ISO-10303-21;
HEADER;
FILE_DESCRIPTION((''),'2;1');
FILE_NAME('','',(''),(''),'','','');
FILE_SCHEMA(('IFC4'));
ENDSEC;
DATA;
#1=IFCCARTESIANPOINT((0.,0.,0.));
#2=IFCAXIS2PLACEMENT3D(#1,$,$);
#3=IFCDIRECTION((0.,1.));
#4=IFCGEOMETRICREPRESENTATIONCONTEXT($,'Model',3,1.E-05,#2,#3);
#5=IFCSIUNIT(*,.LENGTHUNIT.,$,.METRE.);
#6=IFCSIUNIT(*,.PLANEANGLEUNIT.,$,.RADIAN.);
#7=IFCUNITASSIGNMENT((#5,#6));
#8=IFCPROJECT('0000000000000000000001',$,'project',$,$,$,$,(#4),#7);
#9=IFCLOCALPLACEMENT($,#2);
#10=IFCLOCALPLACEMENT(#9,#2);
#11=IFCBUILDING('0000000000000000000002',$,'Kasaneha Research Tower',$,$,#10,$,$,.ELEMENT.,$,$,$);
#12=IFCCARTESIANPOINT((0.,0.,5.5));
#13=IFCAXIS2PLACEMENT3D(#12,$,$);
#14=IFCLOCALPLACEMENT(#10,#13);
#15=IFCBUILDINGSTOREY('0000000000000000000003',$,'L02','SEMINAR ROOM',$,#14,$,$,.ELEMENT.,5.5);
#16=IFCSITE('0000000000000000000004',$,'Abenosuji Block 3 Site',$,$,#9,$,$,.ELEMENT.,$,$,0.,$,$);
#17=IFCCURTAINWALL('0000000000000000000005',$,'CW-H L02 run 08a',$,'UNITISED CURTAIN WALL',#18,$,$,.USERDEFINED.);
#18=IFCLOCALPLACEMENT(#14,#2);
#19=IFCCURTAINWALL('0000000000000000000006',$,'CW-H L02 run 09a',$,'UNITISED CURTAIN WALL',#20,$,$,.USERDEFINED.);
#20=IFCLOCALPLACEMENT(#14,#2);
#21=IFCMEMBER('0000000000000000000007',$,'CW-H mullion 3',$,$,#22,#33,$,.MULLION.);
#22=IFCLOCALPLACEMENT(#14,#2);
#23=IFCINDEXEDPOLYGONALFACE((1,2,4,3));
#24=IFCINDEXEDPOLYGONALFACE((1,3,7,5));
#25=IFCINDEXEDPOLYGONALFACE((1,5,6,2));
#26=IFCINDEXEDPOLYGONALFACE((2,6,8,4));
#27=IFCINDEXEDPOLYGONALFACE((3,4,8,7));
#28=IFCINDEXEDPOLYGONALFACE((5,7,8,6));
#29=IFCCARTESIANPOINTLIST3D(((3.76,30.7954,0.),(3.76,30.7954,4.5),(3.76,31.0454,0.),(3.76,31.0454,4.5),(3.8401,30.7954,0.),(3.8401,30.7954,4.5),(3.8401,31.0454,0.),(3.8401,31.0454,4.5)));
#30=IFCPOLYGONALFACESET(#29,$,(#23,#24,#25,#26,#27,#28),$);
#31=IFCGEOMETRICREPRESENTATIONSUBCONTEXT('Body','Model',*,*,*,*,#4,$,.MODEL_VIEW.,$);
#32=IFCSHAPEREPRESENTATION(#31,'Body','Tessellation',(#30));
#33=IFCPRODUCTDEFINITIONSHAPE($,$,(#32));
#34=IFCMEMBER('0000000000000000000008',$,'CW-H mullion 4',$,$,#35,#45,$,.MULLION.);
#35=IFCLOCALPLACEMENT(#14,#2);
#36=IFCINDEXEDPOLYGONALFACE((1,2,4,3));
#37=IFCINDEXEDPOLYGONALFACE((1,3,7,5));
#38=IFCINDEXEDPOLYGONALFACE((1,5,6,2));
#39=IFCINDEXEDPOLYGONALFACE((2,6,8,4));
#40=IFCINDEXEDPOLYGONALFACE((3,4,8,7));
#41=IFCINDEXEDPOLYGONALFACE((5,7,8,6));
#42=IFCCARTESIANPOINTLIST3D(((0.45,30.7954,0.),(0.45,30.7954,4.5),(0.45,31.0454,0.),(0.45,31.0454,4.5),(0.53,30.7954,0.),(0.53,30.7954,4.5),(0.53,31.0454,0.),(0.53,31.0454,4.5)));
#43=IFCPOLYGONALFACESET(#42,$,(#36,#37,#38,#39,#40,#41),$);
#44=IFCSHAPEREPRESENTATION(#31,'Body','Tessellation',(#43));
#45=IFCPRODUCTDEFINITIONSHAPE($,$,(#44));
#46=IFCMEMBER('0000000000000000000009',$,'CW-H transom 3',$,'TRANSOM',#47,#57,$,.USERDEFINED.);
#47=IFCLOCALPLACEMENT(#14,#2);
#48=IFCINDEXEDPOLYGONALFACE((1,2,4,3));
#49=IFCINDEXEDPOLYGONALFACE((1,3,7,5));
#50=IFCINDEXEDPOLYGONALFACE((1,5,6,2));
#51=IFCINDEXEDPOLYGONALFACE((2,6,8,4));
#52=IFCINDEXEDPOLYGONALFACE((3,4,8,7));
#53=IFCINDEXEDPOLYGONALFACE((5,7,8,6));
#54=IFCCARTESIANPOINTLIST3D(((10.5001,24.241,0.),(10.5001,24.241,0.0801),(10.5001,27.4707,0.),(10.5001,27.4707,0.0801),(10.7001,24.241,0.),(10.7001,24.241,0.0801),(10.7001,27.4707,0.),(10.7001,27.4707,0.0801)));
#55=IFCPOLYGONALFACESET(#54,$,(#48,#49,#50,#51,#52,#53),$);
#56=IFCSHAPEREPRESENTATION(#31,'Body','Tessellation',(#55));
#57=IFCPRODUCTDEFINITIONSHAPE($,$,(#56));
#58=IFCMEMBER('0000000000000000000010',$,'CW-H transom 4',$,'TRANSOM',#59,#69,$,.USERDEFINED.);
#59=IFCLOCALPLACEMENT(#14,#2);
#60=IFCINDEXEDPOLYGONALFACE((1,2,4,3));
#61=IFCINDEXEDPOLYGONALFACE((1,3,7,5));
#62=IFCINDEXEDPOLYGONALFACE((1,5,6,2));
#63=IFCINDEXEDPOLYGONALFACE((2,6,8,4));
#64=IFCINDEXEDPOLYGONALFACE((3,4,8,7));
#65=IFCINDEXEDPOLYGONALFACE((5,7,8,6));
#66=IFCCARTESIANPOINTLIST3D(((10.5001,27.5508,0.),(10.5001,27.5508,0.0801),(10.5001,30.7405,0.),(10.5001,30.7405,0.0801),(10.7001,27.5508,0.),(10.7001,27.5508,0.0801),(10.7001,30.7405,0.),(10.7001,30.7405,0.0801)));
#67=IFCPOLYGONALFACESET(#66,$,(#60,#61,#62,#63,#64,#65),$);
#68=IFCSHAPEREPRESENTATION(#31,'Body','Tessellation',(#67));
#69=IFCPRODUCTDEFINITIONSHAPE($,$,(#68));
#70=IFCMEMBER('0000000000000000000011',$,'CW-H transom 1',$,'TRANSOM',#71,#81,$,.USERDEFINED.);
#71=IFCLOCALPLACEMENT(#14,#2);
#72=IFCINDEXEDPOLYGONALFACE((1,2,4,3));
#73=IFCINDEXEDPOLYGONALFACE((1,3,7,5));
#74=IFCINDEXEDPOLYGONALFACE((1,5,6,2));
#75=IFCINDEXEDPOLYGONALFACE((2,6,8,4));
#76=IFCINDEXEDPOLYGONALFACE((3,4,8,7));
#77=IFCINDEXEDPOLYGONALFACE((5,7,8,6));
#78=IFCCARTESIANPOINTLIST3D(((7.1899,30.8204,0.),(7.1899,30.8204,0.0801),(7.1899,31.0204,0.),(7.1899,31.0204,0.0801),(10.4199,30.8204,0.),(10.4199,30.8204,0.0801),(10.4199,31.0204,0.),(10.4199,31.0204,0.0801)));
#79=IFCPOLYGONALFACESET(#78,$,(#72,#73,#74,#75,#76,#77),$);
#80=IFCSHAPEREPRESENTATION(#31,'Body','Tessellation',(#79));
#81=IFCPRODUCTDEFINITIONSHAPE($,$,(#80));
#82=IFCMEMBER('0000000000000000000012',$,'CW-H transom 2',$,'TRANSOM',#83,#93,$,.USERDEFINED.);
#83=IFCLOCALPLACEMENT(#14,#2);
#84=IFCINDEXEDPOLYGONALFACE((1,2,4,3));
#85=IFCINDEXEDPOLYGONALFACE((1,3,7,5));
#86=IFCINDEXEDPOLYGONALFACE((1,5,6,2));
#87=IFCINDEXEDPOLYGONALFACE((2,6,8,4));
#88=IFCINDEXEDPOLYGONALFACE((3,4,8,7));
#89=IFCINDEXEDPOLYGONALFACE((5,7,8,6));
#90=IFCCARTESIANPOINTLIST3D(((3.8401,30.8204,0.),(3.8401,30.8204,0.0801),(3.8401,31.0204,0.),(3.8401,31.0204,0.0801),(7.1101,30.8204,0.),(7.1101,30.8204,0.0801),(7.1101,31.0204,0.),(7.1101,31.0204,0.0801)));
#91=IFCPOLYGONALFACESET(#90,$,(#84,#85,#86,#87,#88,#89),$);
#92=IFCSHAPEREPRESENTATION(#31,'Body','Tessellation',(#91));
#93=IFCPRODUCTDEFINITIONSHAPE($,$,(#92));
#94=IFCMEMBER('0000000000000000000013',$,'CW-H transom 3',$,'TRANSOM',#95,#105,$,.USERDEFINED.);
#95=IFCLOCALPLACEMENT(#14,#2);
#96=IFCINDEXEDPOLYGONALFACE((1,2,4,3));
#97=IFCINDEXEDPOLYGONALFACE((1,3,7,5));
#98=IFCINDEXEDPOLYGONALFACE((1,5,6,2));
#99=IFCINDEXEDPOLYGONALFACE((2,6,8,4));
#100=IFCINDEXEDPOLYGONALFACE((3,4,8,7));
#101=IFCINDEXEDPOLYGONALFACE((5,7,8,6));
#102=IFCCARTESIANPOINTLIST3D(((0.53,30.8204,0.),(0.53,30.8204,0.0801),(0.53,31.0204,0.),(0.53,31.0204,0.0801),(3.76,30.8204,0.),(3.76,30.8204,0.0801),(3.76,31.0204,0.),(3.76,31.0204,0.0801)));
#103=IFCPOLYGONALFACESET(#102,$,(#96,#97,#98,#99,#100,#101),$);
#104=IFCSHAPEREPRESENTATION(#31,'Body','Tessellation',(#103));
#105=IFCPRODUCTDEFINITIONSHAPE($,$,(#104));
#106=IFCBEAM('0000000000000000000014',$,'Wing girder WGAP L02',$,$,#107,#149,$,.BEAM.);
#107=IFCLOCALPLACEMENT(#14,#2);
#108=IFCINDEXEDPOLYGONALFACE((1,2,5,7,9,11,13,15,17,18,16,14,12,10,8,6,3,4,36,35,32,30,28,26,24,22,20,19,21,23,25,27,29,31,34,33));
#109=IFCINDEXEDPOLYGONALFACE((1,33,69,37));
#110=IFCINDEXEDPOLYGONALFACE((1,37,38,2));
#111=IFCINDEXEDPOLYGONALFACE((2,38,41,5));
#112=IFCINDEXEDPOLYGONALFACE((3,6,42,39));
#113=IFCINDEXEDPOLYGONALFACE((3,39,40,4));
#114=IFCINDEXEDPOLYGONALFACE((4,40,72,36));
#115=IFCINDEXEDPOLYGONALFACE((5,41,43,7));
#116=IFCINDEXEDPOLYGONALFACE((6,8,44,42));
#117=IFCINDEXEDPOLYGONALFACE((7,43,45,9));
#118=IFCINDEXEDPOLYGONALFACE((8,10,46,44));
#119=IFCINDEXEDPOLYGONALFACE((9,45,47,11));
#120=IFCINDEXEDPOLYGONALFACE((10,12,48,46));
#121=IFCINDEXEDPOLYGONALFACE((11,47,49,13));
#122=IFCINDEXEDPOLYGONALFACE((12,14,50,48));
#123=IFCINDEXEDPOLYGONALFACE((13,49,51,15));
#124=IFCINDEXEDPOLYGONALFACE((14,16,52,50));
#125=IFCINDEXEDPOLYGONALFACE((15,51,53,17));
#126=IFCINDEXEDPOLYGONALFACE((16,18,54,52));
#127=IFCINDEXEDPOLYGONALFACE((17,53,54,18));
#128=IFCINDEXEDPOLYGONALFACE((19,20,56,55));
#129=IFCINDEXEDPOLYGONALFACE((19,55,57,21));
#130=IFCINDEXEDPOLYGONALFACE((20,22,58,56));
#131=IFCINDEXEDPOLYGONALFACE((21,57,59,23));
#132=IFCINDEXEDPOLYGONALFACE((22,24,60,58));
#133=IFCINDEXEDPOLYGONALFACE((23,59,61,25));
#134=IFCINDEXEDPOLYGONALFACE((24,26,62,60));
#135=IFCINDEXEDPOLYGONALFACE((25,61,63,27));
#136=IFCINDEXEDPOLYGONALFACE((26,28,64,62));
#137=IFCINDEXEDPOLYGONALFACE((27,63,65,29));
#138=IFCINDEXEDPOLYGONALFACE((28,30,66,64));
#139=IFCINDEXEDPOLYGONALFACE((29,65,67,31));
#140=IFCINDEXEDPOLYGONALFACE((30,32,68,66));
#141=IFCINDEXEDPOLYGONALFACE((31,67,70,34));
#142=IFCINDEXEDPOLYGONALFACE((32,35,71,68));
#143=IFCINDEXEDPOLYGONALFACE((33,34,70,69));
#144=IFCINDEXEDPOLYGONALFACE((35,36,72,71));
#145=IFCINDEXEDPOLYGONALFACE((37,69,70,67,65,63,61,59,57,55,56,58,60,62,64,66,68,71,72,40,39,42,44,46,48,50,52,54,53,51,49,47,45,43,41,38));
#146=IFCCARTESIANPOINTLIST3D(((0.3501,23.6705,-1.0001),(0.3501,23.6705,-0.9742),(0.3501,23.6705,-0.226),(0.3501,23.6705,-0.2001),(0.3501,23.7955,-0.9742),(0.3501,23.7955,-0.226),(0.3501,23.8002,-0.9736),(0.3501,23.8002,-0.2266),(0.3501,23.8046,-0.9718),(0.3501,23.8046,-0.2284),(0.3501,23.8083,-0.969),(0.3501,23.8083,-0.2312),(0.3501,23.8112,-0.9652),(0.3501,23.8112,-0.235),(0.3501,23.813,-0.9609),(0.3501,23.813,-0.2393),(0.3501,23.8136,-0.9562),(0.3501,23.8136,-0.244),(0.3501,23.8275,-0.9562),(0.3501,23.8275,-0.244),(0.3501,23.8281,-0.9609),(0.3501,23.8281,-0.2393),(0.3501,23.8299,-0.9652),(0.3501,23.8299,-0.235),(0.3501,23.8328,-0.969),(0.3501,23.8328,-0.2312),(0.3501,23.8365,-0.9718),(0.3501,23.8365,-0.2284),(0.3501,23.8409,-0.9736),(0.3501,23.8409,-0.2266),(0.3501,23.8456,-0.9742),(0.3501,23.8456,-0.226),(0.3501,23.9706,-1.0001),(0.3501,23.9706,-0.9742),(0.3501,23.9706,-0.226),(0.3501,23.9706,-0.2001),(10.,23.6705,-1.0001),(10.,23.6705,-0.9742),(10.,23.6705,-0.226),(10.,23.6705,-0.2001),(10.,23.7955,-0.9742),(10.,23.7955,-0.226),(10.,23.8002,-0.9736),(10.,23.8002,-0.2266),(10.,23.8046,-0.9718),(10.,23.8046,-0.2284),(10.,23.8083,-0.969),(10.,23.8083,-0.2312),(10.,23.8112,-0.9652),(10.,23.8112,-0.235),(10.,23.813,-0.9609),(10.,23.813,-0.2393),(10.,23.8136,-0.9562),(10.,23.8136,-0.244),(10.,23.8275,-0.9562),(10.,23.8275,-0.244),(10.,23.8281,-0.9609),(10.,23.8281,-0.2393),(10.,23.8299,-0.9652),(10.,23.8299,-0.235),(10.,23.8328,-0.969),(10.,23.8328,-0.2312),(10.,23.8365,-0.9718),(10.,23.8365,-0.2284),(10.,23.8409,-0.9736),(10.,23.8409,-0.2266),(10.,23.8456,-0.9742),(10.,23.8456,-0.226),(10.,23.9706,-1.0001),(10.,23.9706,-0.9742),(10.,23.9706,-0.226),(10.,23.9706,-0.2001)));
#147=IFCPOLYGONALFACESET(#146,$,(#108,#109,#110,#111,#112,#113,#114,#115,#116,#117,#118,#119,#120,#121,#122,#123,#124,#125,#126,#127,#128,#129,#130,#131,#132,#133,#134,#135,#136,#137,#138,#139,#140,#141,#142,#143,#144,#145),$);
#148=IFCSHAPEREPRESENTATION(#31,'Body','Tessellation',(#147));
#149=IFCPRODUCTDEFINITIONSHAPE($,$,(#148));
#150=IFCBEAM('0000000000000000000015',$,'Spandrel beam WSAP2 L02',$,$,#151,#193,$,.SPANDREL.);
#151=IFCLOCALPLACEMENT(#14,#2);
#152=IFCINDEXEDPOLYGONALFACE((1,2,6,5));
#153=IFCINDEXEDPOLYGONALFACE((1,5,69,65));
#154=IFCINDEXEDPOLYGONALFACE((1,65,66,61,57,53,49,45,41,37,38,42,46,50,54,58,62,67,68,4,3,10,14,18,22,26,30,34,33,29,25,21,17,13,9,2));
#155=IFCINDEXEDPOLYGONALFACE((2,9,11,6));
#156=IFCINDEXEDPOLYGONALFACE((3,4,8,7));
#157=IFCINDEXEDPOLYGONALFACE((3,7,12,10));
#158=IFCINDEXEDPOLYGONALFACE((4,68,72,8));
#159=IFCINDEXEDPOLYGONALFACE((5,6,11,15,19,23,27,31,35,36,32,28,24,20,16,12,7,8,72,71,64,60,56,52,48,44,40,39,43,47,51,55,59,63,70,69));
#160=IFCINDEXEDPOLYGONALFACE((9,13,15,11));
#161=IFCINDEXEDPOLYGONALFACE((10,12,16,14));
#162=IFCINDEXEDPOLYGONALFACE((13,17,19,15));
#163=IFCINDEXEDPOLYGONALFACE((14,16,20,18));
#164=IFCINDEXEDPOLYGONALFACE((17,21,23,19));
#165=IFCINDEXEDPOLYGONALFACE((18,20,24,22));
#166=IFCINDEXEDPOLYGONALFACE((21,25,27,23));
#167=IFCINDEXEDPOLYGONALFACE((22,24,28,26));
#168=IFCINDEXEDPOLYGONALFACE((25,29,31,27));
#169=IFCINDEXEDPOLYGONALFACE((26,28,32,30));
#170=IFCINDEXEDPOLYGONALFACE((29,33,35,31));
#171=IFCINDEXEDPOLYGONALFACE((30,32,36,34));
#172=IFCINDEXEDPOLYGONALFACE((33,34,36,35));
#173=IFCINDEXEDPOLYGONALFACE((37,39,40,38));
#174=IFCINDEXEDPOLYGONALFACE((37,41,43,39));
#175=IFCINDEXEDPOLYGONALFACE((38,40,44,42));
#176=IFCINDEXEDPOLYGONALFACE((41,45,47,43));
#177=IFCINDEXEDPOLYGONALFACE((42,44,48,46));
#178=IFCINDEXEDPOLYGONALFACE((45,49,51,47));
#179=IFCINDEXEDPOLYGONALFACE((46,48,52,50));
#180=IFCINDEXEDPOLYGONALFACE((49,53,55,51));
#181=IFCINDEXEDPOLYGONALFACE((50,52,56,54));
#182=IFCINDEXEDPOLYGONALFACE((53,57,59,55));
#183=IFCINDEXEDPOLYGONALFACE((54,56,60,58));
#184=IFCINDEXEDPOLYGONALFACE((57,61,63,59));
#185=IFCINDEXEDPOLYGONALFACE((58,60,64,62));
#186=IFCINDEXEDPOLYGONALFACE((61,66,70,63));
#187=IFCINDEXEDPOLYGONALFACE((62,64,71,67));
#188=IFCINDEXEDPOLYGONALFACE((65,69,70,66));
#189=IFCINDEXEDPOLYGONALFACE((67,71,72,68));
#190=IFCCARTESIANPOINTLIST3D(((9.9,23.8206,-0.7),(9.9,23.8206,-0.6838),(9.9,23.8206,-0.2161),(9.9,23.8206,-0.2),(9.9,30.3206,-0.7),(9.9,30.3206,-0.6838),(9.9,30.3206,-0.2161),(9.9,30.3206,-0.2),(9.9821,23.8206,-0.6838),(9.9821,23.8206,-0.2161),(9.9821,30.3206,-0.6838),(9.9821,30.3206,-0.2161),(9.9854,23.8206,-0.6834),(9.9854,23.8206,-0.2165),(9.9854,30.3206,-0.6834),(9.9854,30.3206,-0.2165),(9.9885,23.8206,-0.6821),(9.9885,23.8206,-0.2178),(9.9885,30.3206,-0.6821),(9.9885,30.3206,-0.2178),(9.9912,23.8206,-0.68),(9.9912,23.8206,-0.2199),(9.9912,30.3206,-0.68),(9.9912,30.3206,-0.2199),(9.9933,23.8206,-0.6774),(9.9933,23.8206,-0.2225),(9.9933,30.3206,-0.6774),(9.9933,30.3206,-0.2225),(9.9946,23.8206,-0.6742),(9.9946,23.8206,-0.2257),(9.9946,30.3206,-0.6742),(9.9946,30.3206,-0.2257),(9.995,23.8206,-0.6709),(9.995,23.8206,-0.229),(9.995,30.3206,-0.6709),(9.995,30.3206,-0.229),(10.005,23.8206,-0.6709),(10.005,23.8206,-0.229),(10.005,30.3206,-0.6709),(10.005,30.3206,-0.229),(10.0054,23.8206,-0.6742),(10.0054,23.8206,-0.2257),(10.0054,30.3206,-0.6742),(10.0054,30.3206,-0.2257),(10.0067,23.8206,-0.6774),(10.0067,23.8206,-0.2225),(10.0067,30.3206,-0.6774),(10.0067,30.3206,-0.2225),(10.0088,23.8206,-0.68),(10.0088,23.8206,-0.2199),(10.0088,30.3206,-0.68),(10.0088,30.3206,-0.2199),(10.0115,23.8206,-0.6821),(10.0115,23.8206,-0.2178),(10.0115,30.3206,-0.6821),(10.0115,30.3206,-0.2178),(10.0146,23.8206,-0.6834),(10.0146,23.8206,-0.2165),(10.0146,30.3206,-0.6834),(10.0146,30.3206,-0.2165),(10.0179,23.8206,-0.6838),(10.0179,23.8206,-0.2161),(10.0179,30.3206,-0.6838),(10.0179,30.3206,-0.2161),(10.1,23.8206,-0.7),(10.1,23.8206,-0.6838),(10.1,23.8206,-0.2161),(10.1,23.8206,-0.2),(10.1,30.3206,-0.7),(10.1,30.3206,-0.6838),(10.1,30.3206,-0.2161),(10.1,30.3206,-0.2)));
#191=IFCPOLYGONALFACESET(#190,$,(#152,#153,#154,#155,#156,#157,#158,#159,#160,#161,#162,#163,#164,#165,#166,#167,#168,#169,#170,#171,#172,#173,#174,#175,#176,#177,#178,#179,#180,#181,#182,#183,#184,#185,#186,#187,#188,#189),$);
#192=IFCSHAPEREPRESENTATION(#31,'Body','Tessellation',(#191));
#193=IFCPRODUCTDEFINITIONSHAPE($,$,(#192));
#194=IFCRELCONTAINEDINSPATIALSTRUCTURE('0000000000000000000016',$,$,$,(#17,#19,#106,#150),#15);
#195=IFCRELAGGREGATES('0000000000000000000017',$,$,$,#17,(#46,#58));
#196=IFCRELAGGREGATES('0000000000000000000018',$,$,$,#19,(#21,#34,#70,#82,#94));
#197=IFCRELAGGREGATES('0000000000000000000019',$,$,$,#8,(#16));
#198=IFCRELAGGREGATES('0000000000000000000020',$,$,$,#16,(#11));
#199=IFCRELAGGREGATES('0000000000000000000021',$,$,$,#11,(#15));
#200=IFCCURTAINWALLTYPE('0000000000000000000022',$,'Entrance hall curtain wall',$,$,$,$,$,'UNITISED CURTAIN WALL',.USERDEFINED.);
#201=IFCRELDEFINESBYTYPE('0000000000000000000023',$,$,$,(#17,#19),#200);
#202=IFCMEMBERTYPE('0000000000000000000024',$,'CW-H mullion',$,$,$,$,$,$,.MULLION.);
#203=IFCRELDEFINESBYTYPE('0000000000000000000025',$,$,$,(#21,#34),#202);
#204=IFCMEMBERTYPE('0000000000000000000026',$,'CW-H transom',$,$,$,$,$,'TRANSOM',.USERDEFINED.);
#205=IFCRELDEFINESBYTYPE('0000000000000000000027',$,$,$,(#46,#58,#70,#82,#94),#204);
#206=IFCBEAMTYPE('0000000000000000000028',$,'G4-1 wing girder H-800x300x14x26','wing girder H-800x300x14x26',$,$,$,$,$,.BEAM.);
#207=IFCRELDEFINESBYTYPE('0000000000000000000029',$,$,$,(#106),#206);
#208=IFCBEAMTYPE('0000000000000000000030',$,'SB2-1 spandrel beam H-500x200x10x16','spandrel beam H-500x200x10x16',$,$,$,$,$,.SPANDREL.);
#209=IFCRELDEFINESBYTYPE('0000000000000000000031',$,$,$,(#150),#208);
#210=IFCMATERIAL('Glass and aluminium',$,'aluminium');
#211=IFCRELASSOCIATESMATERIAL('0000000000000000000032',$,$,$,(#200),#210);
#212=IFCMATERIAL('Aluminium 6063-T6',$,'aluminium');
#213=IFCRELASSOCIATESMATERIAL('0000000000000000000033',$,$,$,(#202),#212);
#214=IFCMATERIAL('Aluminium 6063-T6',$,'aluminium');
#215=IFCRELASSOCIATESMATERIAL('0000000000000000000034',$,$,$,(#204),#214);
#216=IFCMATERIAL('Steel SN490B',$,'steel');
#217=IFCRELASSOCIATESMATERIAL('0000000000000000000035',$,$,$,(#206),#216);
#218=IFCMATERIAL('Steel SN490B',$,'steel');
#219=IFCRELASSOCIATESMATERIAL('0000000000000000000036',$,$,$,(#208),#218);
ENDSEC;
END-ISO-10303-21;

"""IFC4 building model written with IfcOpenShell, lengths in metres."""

from ifc_helpers import new_model, si_unit, direction, frame, origin, origin_2d, place, context, subcontext, project, spatial, rectangle, i_section, extrude, material, material_profile, profile_set, type_object, element, aggregate, save


model = new_model("IFC4")

# Units and contexts
model_context = context("Model", 3, precision=1e-05, world=origin(), true_north=direction((0.0, 1.0)))
body_context = subcontext(model_context, "Body", "Model", "MODEL_VIEW")
ifc_project = project(units=[si_unit("LENGTHUNIT", "METRE"), si_unit("PLANEANGLEUNIT", "RADIAN")], contexts=[model_context])

# Site, building, storey
site_placement = place(None, origin())
site = spatial("IfcSite", under=ifc_project, at=site_placement, Name="Abenosuji Block 3 Site", CompositionType="ELEMENT", RefElevation=0.0)
building_placement = place(site_placement, origin())
building = spatial("IfcBuilding", under=site, at=building_placement, Name="Kasaneha Research Tower", CompositionType="ELEMENT")
storey_placement = place(building_placement, frame((0.0, 0.0, 5.5)))
storey = spatial("IfcBuildingStorey", under=building, at=storey_placement, Name="L02", Description="SEMINAR ROOM", CompositionType="ELEMENT", Elevation=5.5)

# Curtain walls, members
ifc_material_1 = material(Name="Glass and aluminium", Category="aluminium")
curtain_wall_type = type_object("IfcCurtainWallType", Name="Entrance hall curtain wall", ElementType="UNITISED CURTAIN WALL", PredefinedType="USERDEFINED", material=ifc_material_1)
curtain_wall_1_placement = place(storey_placement, origin())
curtain_wall_1 = element("IfcCurtainWall", 1, at=curtain_wall_1_placement, inside=storey, type_object=curtain_wall_type, Name="CW-H L02 run 08a", ObjectType="UNITISED CURTAIN WALL", PredefinedType="USERDEFINED")
ifc_material_2 = material(Name="Aluminium 6063-T6", Category="aluminium")
ifc_material_profile_1 = material_profile(ifc_material_2, rectangle(XDim=0.0801, YDim=0.25, at=origin_2d()), Name="CW-H mullion 80x250")
ifc_profile_set_1 = profile_set([ifc_material_profile_1], Name="Aluminium 6063-T6")
member_type_1 = type_object("IfcMemberType", Name="CW-H mullion", PredefinedType="MULLION", material=ifc_profile_set_1)
curtain_wall_2_placement = place(storey_placement, origin())
curtain_wall_2 = element("IfcCurtainWall", 2, at=curtain_wall_2_placement, inside=storey, type_object=curtain_wall_type, Name="CW-H L02 run 09a", ObjectType="UNITISED CURTAIN WALL", PredefinedType="USERDEFINED")
member_1_placement = place(storey_placement, frame((3.8, 30.9204, 0.0), z_axis=(0.0, 0.0, 1.0), x_axis=(-1.0, 0.0, 0.0)))
member_1 = element("IfcMember", 3, at=member_1_placement, type_object=member_type_1, Name="CW-H mullion 3", PredefinedType="MULLION", context=body_context, shape_type="SweptSolid", body=[
    extrude(rectangle(XDim=0.0801, YDim=0.25, at=origin_2d()), origin(), (0.0, 0.0, 1.0), 4.5),
])
member_2_placement = place(storey_placement, frame((0.49, 30.9204, 0.0), z_axis=(0.0, 0.0, 1.0), x_axis=(-1.0, 0.0, 0.0)))
member_2 = element("IfcMember", 4, at=member_2_placement, type_object=member_type_1, Name="CW-H mullion 4", PredefinedType="MULLION", context=body_context, shape_type="SweptSolid", body=[
    extrude(rectangle(XDim=0.0801, YDim=0.25, at=origin_2d()), origin(), (0.0, 0.0, 1.0), 4.5),
])

# Members
ifc_material_3 = material(Name="Aluminium 6063-T6", Category="aluminium")
ifc_material_profile_2 = material_profile(ifc_material_3, rectangle(XDim=0.2, YDim=0.0801, at=origin_2d()), Name="CW-H transom 200x80")
ifc_profile_set_2 = profile_set([ifc_material_profile_2], Name="Aluminium 6063-T6")
member_type_2 = type_object("IfcMemberType", Name="CW-H transom", ElementType="TRANSOM", PredefinedType="USERDEFINED", material=ifc_profile_set_2)
member_3_placement = place(storey_placement, frame((10.6001, 24.241, 0.04), z_axis=(0.0, 1.0, 0.0), x_axis=(-1.0, 0.0, 0.0)))
member_3 = element("IfcMember", 5, at=member_3_placement, type_object=member_type_2, Name="CW-H transom 3", ObjectType="TRANSOM", PredefinedType="USERDEFINED", context=body_context, shape_type="SweptSolid", body=[
    extrude(rectangle(XDim=0.2, YDim=0.0801, at=origin_2d()), origin(), (0.0, 0.0, 1.0), 3.2297),
])
member_4_placement = place(storey_placement, frame((10.6001, 27.5508, 0.04), z_axis=(0.0, 1.0, 0.0), x_axis=(-1.0, 0.0, 0.0)))
member_4 = element("IfcMember", 6, at=member_4_placement, type_object=member_type_2, Name="CW-H transom 4", ObjectType="TRANSOM", PredefinedType="USERDEFINED", context=body_context, shape_type="SweptSolid", body=[
    extrude(rectangle(XDim=0.2, YDim=0.0801, at=origin_2d()), origin(), (0.0, 0.0, 1.0), 3.1897),
])
member_5_placement = place(storey_placement, frame((10.4199, 30.9204, 0.04), z_axis=(-1.0, 0.0, 0.0), x_axis=(0.0, -1.0, 0.0)))
member_5 = element("IfcMember", 7, at=member_5_placement, type_object=member_type_2, Name="CW-H transom 1", ObjectType="TRANSOM", PredefinedType="USERDEFINED", context=body_context, shape_type="SweptSolid", body=[
    extrude(rectangle(XDim=0.2, YDim=0.0801, at=origin_2d()), origin(), (0.0, 0.0, 1.0), 3.23),
])
member_6_placement = place(storey_placement, frame((7.1101, 30.9204, 0.04), z_axis=(-1.0, 0.0, 0.0), x_axis=(0.0, -1.0, 0.0)))
member_6 = element("IfcMember", 8, at=member_6_placement, type_object=member_type_2, Name="CW-H transom 2", ObjectType="TRANSOM", PredefinedType="USERDEFINED", context=body_context, shape_type="SweptSolid", body=[
    extrude(rectangle(XDim=0.2, YDim=0.0801, at=origin_2d()), origin(), (0.0, 0.0, 1.0), 3.27),
])
member_7_placement = place(storey_placement, frame((3.76, 30.9204, 0.04), z_axis=(-1.0, 0.0, 0.0), x_axis=(0.0, -1.0, 0.0)))
member_7 = element("IfcMember", 9, at=member_7_placement, type_object=member_type_2, Name="CW-H transom 3", ObjectType="TRANSOM", PredefinedType="USERDEFINED", context=body_context, shape_type="SweptSolid", body=[
    extrude(rectangle(XDim=0.2, YDim=0.0801, at=origin_2d()), origin(), (0.0, 0.0, 1.0), 3.23),
])

# Beams
ifc_material_4 = material(Name="Steel SN490B", Category="steel")
ifc_material_profile_3 = material_profile(ifc_material_4, i_section(OverallWidth=0.3, OverallDepth=0.8, WebThickness=0.0139, FlangeThickness=0.0259, FilletRadius=0.0181, at=origin_2d()), Name="H-800x300x14x26")
ifc_profile_set_3 = profile_set([ifc_material_profile_3], Name="Steel SN490B")
beam_type_1 = type_object("IfcBeamType", Name="G4-1 wing girder H-800x300x14x26", Description="wing girder H-800x300x14x26", PredefinedType="BEAM", material=ifc_profile_set_3)
beam_1_placement = place(storey_placement, frame((10.0, 23.8206, -0.6001), z_axis=(-1.0, 0.0, 0.0), x_axis=(0.0, -1.0, 0.0)))
element("IfcBeam", 10, at=beam_1_placement, inside=storey, type_object=beam_type_1, Name="Wing girder WGAP L02", PredefinedType="BEAM", context=body_context, shape_type="SweptSolid", body=[
    extrude(i_section(OverallWidth=0.3, OverallDepth=0.8, WebThickness=0.0139, FlangeThickness=0.0259, FilletRadius=0.0181, at=origin_2d()), origin(), (0.0, 0.0, 1.0), 9.6499),
])
ifc_material_5 = material(Name="Steel SN490B", Category="steel")
ifc_material_profile_4 = material_profile(ifc_material_5, i_section(OverallWidth=0.2, OverallDepth=0.5, WebThickness=0.01, FlangeThickness=0.0161, FilletRadius=0.0129, at=origin_2d()), Name="H-500x200x10x16")
ifc_profile_set_4 = profile_set([ifc_material_profile_4], Name="Steel SN490B")
beam_type_2 = type_object("IfcBeamType", Name="SB2-1 spandrel beam H-500x200x10x16", Description="spandrel beam H-500x200x10x16", PredefinedType="SPANDREL", material=ifc_profile_set_4)
beam_2_placement = place(storey_placement, frame((10.0, 23.8206, -0.45), z_axis=(0.0, 1.0, 0.0), x_axis=(-1.0, 0.0, 0.0)))
element("IfcBeam", 11, at=beam_2_placement, inside=storey, type_object=beam_type_2, Name="Spandrel beam WSAP2 L02", PredefinedType="SPANDREL", context=body_context, shape_type="SweptSolid", body=[
    extrude(i_section(OverallWidth=0.2, OverallDepth=0.5, WebThickness=0.01, FlangeThickness=0.0161, FilletRadius=0.0129, at=origin_2d()), origin(), (0.0, 0.0, 1.0), 6.5),
])

aggregate(curtain_wall_1, [member_3, member_4])
aggregate(curtain_wall_2, [member_1, member_2, member_5, member_6, member_7])

save(model, "model.ifc")
